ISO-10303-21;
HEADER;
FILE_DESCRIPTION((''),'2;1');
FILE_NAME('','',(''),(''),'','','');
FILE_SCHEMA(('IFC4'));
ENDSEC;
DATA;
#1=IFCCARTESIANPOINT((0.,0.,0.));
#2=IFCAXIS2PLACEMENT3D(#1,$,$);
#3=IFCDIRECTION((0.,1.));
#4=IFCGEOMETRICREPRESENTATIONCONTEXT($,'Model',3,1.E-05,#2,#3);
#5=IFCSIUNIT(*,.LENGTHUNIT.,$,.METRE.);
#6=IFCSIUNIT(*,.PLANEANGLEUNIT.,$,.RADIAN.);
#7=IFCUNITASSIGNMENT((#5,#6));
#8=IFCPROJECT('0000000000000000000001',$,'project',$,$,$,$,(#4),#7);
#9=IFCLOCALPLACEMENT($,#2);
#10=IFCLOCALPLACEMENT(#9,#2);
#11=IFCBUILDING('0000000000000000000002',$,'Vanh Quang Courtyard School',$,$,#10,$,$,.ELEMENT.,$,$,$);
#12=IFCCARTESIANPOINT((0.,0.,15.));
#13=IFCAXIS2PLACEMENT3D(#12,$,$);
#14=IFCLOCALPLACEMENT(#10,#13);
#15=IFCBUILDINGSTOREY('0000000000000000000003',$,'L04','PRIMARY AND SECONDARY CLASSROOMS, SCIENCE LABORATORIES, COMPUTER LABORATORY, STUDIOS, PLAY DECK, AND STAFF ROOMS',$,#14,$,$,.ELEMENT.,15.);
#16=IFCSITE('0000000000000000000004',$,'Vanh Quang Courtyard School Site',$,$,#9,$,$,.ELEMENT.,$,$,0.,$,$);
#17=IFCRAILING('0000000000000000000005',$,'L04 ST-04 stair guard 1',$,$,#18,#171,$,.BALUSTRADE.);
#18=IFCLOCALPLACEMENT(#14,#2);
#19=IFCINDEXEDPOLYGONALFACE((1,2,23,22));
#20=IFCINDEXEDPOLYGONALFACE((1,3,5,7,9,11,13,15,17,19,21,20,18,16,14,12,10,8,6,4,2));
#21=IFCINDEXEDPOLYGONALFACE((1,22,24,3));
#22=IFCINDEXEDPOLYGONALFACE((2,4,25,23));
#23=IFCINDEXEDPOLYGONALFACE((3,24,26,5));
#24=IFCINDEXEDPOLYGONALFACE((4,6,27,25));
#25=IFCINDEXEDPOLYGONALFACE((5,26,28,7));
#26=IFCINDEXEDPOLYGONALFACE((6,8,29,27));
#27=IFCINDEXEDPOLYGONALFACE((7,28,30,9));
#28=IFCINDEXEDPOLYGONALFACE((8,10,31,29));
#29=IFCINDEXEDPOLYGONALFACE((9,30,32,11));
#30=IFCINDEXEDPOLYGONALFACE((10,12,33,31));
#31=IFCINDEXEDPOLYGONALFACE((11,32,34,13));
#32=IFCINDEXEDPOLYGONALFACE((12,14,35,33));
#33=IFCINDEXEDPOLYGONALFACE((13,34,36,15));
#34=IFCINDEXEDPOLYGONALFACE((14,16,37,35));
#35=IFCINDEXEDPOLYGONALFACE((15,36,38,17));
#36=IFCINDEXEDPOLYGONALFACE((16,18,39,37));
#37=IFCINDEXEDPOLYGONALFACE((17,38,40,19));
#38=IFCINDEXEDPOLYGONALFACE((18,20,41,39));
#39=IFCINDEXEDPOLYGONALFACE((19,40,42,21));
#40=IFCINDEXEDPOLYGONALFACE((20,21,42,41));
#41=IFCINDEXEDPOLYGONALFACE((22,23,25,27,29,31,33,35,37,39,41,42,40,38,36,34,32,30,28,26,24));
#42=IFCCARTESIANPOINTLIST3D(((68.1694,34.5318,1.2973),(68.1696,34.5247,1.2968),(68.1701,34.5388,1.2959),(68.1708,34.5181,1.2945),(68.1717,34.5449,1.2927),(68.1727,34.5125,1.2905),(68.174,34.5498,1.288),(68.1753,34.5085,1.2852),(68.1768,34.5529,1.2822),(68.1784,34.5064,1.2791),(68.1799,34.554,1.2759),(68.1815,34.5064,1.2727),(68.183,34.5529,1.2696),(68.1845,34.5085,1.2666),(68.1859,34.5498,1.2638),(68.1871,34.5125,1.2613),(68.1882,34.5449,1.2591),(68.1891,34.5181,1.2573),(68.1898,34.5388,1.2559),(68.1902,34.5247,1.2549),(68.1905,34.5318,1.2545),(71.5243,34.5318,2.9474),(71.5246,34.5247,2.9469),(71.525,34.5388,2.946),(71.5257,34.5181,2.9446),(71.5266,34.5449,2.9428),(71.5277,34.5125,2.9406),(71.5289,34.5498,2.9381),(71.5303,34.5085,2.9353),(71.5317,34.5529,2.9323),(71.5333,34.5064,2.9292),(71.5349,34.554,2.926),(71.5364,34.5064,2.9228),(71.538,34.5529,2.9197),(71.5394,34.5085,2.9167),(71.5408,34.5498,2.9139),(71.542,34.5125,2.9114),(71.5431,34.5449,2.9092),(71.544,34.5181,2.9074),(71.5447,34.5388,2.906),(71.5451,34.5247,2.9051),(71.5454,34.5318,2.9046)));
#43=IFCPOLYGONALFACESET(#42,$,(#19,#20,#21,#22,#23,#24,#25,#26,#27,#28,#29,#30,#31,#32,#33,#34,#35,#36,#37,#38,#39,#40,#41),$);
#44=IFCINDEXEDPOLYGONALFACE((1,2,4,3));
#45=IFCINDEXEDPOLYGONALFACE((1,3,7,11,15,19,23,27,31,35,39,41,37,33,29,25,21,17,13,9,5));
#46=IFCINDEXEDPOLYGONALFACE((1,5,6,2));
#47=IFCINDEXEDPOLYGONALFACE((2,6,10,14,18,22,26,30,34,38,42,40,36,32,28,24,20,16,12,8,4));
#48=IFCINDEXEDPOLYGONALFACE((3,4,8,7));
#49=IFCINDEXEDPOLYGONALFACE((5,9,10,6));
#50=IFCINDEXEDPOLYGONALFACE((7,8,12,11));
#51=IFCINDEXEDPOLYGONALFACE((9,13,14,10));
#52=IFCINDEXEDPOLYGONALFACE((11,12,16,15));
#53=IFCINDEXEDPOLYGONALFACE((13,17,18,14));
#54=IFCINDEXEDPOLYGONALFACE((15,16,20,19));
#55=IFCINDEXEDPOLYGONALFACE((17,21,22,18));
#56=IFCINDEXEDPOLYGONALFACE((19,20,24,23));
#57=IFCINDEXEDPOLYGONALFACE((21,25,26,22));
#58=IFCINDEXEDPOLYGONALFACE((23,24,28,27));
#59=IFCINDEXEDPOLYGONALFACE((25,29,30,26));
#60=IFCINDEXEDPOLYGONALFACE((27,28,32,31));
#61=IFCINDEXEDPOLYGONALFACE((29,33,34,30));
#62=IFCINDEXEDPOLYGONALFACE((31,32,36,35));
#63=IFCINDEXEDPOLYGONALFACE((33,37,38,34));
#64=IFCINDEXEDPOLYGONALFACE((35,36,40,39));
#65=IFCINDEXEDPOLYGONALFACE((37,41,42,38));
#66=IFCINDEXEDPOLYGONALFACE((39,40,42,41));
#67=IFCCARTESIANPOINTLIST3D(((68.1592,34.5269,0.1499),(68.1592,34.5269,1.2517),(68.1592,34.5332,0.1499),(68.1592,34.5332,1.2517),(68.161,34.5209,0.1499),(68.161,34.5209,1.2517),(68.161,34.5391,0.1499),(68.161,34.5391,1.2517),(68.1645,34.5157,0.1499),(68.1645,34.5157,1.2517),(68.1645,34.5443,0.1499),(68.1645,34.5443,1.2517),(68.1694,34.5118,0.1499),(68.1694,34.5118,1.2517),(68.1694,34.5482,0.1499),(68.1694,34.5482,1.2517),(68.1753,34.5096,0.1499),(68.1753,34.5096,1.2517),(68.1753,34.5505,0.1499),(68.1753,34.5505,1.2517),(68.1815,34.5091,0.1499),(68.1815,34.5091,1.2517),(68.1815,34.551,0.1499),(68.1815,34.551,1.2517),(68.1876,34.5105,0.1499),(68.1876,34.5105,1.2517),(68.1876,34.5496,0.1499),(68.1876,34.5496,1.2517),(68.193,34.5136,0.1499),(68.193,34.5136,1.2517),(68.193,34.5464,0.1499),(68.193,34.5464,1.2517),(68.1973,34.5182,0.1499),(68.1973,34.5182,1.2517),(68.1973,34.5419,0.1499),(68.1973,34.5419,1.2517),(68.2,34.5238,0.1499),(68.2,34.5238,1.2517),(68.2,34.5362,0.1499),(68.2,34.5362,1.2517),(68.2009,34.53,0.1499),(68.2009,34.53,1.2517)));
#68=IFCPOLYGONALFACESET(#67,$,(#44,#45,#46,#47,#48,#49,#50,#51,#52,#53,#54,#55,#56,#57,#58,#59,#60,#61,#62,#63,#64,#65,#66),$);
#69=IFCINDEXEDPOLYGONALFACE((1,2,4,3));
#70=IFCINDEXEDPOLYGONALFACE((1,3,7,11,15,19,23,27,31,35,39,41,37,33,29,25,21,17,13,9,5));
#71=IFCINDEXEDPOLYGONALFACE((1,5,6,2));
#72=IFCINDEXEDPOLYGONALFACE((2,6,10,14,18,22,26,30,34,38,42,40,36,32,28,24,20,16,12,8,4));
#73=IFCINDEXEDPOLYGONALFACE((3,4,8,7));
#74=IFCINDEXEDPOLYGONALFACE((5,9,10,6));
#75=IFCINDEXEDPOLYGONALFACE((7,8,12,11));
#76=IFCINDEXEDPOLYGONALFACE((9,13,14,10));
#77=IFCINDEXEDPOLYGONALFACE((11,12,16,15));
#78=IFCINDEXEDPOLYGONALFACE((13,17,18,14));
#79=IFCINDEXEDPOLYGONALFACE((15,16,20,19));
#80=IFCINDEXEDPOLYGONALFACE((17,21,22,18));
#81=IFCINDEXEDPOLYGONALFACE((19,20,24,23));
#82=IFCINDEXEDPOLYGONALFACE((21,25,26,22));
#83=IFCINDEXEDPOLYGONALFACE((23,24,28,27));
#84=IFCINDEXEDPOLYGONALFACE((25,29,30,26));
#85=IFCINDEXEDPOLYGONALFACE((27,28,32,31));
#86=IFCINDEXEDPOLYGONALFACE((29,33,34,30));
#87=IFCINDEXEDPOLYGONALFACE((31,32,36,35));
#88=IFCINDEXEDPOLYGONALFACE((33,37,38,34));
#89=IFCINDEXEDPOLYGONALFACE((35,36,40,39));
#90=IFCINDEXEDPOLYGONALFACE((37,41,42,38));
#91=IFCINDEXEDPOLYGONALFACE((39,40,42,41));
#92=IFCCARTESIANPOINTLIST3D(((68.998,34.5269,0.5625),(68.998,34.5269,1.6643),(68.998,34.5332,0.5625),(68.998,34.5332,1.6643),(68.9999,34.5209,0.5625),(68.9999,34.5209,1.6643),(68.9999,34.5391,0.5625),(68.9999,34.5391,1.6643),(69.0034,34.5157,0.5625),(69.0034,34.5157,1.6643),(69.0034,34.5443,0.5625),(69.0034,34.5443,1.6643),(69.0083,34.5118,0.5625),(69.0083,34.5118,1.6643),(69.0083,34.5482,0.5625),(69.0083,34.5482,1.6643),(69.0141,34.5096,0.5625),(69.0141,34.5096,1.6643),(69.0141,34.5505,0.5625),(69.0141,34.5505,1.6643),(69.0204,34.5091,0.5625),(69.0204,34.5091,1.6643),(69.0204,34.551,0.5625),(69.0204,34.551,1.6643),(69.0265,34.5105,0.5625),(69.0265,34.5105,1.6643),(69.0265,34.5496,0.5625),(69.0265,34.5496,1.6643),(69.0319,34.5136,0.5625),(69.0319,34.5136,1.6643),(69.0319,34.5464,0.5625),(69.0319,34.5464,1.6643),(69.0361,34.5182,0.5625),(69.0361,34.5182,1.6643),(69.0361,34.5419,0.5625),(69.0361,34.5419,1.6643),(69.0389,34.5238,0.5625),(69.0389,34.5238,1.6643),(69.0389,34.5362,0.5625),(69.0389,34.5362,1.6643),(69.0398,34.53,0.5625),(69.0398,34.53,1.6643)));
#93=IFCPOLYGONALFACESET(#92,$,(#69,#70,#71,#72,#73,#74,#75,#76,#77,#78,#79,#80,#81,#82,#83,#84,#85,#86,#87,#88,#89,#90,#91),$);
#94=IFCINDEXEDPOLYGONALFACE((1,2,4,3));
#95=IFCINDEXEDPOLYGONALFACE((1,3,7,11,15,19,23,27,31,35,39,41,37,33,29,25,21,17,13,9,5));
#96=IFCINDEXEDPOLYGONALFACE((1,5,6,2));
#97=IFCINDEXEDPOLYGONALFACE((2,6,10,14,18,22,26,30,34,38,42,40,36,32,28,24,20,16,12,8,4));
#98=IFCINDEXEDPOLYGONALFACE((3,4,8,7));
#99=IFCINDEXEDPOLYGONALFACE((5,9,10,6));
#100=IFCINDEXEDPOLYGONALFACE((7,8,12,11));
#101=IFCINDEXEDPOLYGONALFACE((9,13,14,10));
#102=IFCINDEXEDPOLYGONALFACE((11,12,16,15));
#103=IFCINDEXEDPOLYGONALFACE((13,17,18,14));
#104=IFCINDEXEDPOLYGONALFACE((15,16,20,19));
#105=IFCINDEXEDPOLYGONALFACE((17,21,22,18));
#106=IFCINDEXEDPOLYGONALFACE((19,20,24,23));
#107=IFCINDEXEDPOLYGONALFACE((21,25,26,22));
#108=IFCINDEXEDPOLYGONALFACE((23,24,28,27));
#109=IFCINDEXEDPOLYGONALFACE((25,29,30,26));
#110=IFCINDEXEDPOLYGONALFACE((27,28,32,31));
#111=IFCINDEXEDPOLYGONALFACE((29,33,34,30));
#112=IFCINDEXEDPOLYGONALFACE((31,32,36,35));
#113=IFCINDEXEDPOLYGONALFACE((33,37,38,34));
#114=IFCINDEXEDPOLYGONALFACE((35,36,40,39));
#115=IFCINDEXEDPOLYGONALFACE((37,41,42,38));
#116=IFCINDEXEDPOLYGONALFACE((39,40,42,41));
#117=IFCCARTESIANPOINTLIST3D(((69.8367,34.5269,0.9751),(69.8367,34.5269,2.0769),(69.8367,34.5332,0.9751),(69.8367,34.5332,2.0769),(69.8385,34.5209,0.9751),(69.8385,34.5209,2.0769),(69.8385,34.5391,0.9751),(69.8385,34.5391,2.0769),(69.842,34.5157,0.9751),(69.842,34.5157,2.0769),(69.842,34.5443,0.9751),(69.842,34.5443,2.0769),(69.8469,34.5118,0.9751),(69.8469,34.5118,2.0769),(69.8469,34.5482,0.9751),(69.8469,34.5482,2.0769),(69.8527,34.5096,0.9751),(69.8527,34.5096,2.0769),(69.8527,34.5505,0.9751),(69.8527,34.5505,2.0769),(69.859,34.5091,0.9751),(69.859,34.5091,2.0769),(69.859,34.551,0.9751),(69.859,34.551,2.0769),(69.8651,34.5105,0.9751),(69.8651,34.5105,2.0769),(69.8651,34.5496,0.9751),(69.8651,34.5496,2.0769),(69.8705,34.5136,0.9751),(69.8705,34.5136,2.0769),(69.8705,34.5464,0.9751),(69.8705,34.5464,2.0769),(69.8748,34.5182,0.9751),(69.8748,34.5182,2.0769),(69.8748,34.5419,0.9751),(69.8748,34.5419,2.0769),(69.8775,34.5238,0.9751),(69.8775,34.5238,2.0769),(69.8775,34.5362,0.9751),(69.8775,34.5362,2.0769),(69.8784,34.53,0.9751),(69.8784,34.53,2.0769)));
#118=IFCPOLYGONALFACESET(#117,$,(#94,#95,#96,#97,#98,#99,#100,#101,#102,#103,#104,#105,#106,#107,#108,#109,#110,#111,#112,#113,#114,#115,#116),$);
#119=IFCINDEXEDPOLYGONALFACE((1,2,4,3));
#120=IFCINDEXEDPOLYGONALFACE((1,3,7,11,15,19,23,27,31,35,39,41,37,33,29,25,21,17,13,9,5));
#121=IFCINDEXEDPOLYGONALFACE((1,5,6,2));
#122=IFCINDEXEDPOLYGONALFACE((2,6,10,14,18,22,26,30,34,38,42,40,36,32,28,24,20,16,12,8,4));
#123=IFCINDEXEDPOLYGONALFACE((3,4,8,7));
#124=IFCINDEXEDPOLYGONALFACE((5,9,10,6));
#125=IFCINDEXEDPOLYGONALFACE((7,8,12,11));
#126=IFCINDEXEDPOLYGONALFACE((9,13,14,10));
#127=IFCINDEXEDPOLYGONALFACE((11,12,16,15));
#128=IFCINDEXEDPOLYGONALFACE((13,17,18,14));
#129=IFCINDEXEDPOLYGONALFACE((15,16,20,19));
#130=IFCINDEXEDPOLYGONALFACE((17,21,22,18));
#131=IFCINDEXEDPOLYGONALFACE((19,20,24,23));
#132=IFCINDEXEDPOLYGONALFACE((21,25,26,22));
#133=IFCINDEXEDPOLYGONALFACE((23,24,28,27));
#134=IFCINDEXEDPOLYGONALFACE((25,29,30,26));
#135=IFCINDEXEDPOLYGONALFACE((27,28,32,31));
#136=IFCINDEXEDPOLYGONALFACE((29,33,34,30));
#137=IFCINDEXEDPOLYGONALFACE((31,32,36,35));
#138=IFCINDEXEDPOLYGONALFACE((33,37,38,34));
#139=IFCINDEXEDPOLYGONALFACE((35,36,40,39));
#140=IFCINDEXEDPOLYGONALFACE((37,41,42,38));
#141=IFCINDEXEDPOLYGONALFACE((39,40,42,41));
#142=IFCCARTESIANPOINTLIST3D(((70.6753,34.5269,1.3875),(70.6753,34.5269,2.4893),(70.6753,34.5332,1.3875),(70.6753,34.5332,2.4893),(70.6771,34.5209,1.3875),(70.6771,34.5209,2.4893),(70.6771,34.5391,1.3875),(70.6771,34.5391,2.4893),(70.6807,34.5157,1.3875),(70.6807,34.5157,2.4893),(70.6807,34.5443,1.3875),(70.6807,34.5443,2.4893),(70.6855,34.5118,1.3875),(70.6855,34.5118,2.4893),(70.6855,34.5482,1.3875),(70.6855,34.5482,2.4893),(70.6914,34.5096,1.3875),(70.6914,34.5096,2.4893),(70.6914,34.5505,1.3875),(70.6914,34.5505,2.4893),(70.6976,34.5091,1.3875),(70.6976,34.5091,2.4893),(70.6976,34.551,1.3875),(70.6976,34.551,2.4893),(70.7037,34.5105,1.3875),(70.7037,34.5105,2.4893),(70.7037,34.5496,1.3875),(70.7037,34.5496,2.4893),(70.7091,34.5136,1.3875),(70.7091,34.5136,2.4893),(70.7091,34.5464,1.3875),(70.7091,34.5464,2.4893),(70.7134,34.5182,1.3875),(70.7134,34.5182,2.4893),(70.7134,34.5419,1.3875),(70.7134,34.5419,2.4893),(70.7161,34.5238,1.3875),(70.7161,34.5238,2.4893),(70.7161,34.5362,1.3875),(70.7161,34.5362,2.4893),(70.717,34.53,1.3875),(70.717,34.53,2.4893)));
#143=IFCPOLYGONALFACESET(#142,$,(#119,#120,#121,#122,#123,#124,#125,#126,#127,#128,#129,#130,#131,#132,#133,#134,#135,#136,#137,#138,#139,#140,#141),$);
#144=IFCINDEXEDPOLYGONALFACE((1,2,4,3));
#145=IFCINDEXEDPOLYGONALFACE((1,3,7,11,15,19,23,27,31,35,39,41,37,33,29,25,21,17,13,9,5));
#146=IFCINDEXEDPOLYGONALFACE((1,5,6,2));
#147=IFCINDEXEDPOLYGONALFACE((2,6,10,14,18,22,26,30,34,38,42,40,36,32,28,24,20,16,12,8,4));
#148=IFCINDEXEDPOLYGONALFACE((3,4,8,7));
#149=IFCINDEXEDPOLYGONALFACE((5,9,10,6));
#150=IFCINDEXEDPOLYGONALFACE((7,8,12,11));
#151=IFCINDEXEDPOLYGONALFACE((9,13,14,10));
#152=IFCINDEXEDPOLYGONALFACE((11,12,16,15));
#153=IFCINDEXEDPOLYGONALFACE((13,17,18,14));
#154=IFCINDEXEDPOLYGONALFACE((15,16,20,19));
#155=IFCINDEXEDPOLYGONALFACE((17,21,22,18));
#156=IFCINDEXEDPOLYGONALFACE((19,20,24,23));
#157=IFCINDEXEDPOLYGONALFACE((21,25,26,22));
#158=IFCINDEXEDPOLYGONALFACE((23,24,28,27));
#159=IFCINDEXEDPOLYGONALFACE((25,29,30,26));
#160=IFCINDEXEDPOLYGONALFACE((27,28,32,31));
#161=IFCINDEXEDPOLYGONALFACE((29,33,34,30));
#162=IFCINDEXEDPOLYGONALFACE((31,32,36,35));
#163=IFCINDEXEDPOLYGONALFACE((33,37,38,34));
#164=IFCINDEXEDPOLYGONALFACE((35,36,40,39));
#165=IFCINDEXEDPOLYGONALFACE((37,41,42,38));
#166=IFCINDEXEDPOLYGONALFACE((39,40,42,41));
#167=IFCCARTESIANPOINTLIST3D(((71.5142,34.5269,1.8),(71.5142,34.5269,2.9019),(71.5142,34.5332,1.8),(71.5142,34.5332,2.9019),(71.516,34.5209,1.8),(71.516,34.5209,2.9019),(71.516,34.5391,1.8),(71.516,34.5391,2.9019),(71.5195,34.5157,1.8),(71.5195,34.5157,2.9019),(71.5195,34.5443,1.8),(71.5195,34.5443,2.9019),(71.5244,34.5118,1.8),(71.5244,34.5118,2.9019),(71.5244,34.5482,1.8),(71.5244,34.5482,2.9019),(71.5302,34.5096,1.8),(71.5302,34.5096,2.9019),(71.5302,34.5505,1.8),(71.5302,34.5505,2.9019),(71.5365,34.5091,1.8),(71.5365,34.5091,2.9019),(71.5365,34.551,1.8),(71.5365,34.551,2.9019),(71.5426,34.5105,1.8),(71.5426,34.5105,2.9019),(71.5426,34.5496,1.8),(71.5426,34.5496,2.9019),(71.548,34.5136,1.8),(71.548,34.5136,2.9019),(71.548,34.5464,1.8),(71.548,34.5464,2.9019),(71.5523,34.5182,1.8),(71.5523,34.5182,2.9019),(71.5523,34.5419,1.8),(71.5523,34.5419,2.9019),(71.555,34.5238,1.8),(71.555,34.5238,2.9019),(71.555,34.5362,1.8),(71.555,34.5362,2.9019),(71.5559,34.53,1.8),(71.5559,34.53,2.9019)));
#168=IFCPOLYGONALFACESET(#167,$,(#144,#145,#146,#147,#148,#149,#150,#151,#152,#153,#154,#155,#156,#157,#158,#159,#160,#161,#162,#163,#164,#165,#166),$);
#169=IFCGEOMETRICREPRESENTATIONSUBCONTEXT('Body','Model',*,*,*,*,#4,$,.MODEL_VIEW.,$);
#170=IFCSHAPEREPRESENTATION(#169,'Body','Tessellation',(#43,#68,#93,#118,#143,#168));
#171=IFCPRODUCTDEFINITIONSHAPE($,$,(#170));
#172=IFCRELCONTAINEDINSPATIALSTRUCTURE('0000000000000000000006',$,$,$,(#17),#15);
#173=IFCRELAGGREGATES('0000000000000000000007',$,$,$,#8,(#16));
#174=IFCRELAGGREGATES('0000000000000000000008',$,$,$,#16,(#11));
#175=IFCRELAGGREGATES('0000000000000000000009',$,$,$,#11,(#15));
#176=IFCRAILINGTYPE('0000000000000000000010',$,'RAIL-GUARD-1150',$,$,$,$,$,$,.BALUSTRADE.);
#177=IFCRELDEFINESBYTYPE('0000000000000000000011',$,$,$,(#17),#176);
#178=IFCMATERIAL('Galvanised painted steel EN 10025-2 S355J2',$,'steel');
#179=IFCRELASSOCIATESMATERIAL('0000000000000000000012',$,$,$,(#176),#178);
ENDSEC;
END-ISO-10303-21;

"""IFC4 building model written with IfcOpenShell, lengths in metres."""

from ifc_helpers import new_model, si_unit, direction, frame, origin, origin_2d, place, context, subcontext, project, spatial, circle, extrude, material, type_object, element, save


model = new_model("IFC4")

# Units and contexts
model_context = context("Model", 3, precision=1e-05, world=origin(), true_north=direction((0.0, 1.0)))
body_context = subcontext(model_context, "Body", "Model", "MODEL_VIEW")
ifc_project = project(units=[si_unit("LENGTHUNIT", "METRE"), si_unit("PLANEANGLEUNIT", "RADIAN")], contexts=[model_context])

# Site, building, storey
site_placement = place(None, origin())
site = spatial("IfcSite", under=ifc_project, at=site_placement, Name="Vanh Quang Courtyard School Site", CompositionType="ELEMENT", RefElevation=0.0)
building_placement = place(site_placement, origin())
building = spatial("IfcBuilding", under=site, at=building_placement, Name="Vanh Quang Courtyard School", CompositionType="ELEMENT")
storey_placement = place(building_placement, frame((0.0, 0.0, 15.0)))
storey = spatial("IfcBuildingStorey", under=building, at=storey_placement, Name="L04", Description="PRIMARY AND SECONDARY CLASSROOMS, SCIENCE LABORATORIES, COMPUTER LABORATORY, STUDIOS, PLAY DECK, AND STAFF ROOMS", CompositionType="ELEMENT", Elevation=15.0)

# Railing
ifc_material_1 = material(Name="Galvanised painted steel EN 10025-2 S355J2", Category="steel")
railing_type_1 = type_object("IfcRailingType", Name="RAIL-GUARD-1150", PredefinedType="BALUSTRADE", material=ifc_material_1)
railing_1_placement = place(storey_placement, frame((68.1799, 34.53, 0.1499)))
element("IfcRailing", 1, at=railing_1_placement, inside=storey, type_object=railing_type_1, Name="L04 ST-04 stair guard 1", PredefinedType="BALUSTRADE", context=body_context, shape_type="SweptSolid", body=[
    extrude(circle(Radius=0.0239, at=origin_2d()), frame((0.0, 0.0, 1.126), z_axis=(0.897333, 0.0, 0.441353), x_axis=(0.0, 1.0, 0.0)), (0.0, 0.0, 1.0), 3.7388),
    extrude(circle(Radius=0.021, at=origin_2d()), origin(), (0.0, 0.0, 1.0), 1.1018),
    extrude(circle(Radius=0.021, at=origin_2d()), frame((0.8389, 0.0, 0.4126)), (0.0, 0.0, 1.0), 1.1018),
    extrude(circle(Radius=0.021, at=origin_2d()), frame((1.6775, 0.0, 0.8252)), (0.0, 0.0, 1.0), 1.1018),
    extrude(circle(Radius=0.021, at=origin_2d()), frame((2.5161, 0.0, 1.2375)), (0.0, 0.0, 1.0), 1.1018),
    extrude(circle(Radius=0.021, at=origin_2d()), frame((3.355, 0.0, 1.6501)), (0.0, 0.0, 1.0), 1.1018),
])

save(model, "model.ifc")
